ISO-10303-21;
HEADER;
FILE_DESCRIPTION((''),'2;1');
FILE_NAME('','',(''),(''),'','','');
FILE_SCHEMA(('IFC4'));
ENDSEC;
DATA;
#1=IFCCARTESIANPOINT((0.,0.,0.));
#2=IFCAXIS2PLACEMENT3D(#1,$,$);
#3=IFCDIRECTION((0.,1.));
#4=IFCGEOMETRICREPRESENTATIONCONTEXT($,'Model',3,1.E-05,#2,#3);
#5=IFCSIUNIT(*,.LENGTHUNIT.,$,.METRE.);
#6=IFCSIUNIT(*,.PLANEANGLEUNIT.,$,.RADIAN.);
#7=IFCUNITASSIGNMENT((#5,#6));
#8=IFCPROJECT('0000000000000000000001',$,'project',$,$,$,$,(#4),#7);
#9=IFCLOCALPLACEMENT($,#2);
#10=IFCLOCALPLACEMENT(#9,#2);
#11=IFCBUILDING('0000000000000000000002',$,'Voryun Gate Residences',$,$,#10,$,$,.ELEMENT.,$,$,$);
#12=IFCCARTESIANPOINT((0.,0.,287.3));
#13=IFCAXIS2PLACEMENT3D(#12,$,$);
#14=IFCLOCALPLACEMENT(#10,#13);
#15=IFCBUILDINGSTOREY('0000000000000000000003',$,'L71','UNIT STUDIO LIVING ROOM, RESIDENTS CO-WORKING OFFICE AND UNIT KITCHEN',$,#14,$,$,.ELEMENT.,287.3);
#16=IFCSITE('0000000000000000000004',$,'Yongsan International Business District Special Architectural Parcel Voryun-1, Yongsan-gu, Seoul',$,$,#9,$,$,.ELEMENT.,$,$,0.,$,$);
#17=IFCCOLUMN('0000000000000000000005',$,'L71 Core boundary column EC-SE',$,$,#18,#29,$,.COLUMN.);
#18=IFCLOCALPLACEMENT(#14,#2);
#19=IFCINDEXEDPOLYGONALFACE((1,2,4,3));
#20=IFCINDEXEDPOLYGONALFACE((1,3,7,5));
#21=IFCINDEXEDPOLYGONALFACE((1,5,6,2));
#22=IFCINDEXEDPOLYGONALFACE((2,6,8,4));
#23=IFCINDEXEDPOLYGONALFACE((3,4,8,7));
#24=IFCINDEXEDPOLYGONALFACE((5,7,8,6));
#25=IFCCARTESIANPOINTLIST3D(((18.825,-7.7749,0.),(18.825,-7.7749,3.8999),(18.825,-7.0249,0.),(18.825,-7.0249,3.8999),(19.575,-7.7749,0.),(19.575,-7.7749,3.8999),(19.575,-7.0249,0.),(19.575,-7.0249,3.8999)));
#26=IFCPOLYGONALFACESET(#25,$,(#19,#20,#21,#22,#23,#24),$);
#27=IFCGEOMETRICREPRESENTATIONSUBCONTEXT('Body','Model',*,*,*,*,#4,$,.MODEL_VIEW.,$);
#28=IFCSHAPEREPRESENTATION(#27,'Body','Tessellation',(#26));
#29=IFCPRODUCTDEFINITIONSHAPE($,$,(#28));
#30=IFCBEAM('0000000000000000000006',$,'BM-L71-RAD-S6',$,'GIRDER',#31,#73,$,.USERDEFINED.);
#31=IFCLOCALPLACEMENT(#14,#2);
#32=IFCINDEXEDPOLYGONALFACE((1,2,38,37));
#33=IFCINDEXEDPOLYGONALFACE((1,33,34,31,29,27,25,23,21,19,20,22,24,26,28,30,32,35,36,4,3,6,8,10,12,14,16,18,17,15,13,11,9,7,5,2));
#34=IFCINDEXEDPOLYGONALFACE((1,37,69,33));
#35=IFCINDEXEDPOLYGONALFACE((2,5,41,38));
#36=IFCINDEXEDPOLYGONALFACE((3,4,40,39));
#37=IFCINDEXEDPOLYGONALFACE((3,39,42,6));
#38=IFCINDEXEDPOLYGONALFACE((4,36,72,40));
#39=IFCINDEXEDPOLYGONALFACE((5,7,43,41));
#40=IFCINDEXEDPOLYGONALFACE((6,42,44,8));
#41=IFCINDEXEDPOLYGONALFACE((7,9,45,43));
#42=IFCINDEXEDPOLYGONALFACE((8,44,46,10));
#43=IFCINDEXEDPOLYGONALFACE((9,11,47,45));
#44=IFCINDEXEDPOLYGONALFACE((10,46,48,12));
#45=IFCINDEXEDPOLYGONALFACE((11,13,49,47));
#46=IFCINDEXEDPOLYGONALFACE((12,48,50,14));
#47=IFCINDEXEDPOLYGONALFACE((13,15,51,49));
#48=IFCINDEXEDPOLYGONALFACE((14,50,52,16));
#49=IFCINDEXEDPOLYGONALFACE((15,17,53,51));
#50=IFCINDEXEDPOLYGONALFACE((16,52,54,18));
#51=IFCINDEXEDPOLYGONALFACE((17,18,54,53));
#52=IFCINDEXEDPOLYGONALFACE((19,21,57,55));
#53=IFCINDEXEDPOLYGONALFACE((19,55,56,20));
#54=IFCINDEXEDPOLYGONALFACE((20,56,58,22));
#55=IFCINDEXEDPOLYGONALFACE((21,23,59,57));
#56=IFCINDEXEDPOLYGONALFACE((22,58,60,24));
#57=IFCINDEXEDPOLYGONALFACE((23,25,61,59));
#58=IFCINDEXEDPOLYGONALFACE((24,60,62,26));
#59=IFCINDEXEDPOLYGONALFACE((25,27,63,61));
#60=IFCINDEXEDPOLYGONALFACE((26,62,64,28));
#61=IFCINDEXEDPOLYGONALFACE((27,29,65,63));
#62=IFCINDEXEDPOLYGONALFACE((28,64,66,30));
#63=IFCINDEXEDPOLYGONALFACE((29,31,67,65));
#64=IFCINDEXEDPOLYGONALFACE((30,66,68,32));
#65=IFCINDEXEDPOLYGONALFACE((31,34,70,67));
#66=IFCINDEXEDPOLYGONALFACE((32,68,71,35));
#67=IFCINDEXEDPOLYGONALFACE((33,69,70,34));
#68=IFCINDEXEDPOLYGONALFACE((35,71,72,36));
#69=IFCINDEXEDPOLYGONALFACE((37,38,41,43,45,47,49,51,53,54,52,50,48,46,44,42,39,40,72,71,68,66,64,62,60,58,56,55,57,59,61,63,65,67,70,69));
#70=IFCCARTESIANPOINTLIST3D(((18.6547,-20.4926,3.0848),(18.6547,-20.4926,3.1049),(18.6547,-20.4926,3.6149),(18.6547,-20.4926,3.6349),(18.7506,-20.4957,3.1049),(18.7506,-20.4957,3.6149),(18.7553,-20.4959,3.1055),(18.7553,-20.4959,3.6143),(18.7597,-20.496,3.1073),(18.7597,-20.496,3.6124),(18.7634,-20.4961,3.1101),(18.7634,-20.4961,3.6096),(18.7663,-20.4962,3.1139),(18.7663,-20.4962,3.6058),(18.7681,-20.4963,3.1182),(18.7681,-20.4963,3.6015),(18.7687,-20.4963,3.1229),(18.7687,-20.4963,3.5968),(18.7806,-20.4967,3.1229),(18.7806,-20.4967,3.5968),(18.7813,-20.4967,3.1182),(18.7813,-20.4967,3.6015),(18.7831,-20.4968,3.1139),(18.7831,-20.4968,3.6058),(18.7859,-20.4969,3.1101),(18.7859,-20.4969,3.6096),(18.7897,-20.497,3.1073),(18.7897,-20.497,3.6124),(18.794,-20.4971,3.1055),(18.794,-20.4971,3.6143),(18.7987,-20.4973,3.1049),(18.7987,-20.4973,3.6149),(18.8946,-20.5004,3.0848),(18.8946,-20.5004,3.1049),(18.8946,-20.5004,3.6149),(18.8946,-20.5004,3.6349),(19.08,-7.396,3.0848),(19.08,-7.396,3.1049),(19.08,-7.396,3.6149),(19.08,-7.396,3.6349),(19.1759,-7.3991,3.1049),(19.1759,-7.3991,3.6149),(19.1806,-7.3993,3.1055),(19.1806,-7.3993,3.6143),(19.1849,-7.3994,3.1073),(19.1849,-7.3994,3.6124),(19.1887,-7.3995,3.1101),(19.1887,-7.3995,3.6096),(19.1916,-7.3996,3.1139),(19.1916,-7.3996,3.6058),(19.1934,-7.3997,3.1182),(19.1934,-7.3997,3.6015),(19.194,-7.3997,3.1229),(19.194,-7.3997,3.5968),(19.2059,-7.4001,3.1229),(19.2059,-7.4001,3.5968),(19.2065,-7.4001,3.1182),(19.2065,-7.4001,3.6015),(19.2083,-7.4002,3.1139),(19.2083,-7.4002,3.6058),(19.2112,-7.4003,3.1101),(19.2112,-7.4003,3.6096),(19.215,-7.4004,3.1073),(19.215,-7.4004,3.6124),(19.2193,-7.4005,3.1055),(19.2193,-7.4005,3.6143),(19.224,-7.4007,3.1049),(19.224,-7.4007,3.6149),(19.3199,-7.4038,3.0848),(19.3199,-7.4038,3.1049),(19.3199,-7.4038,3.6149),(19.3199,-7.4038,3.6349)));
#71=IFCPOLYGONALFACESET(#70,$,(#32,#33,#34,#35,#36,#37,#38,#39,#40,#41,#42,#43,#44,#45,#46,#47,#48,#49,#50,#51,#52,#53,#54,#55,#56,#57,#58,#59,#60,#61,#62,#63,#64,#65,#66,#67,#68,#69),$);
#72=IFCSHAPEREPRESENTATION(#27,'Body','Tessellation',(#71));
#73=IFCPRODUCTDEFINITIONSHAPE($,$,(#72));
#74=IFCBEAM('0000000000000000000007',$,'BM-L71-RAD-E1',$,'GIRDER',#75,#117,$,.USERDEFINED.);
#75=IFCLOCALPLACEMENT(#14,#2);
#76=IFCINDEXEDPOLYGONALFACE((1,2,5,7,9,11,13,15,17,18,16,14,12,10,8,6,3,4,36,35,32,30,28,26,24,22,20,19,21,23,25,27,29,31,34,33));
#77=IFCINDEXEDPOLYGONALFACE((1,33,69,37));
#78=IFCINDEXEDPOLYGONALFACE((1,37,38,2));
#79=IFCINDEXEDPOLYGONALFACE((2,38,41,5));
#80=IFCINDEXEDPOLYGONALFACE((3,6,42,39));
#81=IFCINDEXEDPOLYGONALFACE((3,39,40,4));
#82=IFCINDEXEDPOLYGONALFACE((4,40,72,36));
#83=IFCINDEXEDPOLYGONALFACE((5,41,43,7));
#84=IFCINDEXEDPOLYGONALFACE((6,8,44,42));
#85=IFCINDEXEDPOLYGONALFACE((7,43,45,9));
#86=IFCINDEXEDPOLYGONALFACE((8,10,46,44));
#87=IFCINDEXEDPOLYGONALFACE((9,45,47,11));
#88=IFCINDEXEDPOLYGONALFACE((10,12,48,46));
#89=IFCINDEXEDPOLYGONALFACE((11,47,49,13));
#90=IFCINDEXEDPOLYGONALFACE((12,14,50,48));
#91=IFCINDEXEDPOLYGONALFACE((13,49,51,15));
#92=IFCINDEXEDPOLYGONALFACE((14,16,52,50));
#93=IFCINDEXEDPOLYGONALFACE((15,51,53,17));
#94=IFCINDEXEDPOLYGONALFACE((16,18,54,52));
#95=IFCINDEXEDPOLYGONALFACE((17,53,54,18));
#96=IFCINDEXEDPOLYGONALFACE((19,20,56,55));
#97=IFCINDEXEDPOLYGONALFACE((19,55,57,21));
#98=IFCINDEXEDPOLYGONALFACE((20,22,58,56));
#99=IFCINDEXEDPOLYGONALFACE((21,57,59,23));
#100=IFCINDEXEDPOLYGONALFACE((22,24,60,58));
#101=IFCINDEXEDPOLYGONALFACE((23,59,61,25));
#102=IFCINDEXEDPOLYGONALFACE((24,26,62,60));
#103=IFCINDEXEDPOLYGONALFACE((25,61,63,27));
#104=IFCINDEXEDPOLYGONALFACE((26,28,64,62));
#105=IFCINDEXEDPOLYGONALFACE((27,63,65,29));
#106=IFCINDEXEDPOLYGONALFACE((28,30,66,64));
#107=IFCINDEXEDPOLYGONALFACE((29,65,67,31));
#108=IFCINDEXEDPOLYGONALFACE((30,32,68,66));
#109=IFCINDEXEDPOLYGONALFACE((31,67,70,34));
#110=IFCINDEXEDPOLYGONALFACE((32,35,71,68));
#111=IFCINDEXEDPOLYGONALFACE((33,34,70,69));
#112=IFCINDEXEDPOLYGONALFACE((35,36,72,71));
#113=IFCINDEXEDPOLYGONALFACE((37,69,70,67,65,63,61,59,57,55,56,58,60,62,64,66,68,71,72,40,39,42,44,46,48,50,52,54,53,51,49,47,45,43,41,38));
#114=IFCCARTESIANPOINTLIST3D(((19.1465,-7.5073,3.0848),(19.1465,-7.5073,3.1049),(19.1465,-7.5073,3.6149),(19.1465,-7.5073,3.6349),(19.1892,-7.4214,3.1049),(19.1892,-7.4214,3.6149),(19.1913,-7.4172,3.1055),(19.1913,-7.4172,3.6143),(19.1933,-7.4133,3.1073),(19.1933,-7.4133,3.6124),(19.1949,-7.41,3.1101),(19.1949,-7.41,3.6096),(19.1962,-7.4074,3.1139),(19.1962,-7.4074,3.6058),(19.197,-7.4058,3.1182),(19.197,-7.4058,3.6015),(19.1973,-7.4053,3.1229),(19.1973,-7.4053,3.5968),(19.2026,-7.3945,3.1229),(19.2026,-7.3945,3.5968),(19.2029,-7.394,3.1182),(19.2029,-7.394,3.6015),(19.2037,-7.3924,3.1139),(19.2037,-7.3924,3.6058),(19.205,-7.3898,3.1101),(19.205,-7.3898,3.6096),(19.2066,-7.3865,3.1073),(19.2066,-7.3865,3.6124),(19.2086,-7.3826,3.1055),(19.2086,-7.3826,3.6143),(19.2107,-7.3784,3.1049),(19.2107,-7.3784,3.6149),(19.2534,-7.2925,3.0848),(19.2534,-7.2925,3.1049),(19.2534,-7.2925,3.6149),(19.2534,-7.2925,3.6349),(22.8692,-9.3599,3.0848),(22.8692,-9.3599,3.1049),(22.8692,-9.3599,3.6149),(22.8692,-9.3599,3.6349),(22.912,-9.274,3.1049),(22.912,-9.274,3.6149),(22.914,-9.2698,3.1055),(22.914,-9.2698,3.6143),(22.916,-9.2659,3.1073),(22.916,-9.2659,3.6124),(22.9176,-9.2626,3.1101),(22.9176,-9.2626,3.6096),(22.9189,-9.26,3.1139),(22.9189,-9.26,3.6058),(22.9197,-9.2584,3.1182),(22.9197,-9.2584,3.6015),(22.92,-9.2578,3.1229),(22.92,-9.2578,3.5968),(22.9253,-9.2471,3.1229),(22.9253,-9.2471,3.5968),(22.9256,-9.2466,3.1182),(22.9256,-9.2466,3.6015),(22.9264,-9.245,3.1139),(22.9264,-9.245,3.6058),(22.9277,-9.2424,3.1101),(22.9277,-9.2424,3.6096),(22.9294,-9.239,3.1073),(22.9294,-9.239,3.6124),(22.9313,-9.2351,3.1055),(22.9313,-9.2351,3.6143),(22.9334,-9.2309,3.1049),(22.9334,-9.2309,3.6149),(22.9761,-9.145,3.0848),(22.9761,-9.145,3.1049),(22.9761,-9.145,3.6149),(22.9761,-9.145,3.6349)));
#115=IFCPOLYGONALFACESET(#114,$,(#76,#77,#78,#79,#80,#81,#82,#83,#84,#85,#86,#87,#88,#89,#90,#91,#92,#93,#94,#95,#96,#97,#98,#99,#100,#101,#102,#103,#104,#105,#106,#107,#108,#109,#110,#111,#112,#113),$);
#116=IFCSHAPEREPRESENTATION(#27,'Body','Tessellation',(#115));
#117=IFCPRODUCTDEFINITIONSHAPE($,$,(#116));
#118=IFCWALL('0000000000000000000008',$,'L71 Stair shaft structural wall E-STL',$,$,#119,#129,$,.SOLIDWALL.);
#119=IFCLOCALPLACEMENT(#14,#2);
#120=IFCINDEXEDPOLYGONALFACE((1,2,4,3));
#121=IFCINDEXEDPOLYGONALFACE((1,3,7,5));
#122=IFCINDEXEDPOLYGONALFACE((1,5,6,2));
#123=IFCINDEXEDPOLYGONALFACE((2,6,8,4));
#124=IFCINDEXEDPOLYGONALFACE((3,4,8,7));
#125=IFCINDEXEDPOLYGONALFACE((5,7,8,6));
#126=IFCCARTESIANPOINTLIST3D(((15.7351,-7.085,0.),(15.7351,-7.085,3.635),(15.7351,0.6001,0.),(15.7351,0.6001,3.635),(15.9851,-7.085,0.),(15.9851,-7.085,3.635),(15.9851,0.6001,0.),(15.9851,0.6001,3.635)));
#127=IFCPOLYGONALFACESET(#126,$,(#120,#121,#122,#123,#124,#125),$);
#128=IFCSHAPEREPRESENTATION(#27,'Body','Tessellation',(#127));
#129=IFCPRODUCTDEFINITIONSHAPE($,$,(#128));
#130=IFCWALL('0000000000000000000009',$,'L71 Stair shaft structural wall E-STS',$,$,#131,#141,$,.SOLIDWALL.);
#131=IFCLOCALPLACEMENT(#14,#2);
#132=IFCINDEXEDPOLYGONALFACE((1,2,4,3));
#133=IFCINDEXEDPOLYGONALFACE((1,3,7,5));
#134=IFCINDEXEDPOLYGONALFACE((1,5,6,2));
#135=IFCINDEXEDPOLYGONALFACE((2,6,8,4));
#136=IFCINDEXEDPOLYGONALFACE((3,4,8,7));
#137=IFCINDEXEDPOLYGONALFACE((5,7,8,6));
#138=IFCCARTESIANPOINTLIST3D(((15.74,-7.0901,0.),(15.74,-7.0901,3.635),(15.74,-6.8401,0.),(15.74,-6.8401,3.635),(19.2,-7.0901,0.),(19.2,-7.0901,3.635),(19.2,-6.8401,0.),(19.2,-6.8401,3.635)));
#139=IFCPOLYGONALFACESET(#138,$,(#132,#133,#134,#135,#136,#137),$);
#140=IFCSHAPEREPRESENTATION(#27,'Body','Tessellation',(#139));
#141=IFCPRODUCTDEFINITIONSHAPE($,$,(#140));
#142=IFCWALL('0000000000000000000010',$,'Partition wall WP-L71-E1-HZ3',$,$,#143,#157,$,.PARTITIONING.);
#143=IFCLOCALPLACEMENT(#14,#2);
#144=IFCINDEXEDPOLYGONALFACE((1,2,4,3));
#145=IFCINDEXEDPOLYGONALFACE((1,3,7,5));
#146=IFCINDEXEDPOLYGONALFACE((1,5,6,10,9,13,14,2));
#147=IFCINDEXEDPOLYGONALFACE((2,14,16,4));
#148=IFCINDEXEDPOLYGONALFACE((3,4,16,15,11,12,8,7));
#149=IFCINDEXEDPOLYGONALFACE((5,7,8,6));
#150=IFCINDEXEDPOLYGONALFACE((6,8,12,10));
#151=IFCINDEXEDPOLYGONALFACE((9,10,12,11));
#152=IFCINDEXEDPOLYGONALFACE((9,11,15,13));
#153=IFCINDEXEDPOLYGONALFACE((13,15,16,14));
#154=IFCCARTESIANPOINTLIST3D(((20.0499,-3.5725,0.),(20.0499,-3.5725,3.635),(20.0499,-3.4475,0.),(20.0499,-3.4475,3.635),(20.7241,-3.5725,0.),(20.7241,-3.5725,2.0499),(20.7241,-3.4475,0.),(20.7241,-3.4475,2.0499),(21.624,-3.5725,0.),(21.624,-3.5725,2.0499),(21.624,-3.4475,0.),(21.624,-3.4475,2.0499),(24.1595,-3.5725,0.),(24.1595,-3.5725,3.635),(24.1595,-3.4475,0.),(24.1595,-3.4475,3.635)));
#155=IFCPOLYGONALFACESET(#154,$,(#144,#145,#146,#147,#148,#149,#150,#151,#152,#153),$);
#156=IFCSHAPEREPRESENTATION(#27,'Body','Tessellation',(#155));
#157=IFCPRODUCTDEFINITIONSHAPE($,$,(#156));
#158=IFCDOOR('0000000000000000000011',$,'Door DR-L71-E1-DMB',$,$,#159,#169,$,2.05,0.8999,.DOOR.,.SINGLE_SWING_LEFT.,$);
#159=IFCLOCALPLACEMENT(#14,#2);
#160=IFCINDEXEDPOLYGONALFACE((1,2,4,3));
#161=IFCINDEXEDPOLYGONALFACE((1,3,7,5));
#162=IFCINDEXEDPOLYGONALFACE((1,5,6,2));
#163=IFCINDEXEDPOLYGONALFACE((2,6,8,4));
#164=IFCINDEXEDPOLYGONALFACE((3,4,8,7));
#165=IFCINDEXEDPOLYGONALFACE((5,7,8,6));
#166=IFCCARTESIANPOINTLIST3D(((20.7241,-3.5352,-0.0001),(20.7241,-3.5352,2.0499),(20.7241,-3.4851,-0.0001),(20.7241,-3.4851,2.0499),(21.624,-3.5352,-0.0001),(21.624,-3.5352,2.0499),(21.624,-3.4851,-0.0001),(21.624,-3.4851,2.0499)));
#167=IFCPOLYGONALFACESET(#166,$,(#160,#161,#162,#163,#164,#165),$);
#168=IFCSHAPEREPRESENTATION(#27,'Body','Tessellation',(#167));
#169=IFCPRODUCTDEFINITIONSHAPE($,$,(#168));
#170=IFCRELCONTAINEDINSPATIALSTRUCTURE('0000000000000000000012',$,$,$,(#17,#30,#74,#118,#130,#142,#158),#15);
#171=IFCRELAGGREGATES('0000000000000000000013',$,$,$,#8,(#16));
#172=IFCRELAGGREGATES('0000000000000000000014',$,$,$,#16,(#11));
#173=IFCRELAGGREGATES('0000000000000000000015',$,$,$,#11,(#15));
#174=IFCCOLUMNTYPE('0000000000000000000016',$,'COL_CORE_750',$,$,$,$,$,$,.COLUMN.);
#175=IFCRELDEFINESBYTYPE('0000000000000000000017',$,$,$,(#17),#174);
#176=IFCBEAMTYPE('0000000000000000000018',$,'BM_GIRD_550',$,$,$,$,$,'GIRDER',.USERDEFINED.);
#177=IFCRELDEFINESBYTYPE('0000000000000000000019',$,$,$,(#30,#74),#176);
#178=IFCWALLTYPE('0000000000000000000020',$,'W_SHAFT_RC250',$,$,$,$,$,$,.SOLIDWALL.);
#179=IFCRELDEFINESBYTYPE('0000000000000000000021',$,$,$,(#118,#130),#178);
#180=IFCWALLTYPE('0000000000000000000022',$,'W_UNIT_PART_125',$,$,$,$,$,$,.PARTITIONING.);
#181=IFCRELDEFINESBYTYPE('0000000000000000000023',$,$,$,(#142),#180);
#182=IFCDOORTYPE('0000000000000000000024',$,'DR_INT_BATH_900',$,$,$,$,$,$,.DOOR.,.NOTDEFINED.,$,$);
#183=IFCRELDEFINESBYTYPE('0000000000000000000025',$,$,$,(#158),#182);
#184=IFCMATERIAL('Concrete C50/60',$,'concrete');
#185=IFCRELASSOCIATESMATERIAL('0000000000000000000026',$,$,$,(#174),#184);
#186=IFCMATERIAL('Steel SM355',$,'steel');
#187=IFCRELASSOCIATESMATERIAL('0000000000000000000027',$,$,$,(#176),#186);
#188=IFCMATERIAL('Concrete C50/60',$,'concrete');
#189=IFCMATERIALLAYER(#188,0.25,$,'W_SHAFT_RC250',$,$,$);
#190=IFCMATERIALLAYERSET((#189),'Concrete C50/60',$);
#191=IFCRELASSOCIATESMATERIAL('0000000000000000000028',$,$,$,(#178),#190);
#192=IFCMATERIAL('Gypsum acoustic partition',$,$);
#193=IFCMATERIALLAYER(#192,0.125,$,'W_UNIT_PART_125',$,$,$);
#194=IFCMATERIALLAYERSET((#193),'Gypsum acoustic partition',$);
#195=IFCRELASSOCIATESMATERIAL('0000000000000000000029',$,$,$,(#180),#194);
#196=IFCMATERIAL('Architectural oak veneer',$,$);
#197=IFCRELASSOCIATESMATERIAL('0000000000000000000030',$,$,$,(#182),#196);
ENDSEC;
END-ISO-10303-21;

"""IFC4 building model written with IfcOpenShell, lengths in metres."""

from ifc_helpers import new_model, si_unit, direction, frame, frame_2d, origin, origin_2d, place, context, subcontext, project, spatial, rectangle, i_section, extrude, material, layer, layer_set, material_profile, profile_set, type_object, element, fill, save


model = new_model("IFC4")

# Units and contexts
model_context = context("Model", 3, precision=1e-05, world=origin(), true_north=direction((0.0, 1.0)))
body_context = subcontext(model_context, "Body", "Model", "MODEL_VIEW")
ifc_project = project(units=[si_unit("LENGTHUNIT", "METRE"), si_unit("PLANEANGLEUNIT", "RADIAN")], contexts=[model_context])

# Site, building, storey
site_placement = place(None, origin())
site = spatial("IfcSite", under=ifc_project, at=site_placement, Name="Yongsan International Business District Special Architectural Parcel Voryun-1, Yongsan-gu, Seoul", CompositionType="ELEMENT", RefElevation=0.0)
building_placement = place(site_placement, origin())
building = spatial("IfcBuilding", under=site, at=building_placement, Name="Voryun Gate Residences", CompositionType="ELEMENT")
storey_placement = place(building_placement, frame((0.0, 0.0, 287.3)))
storey = spatial("IfcBuildingStorey", under=building, at=storey_placement, Name="L71", Description="UNIT STUDIO LIVING ROOM, RESIDENTS CO-WORKING OFFICE AND UNIT KITCHEN", CompositionType="ELEMENT", Elevation=287.3)

# Column
ifc_material_1 = material(Name="Concrete C50/60", Category="concrete")
ifc_material_profile_1 = material_profile(ifc_material_1, rectangle(XDim=0.75, YDim=0.75, at=origin_2d()), Name="RC-750x750")
ifc_profile_set_1 = profile_set([ifc_material_profile_1], Name="Concrete C50/60")
column_type = type_object("IfcColumnType", Name="COL_CORE_750", PredefinedType="COLUMN", material=ifc_profile_set_1)
column_placement = place(storey_placement, frame((19.2, -7.3999, 0.0), z_axis=(0.0, 0.0, 1.0), x_axis=(1.0, 0.0, 0.0)))
element("IfcColumn", 1, at=column_placement, inside=storey, type_object=column_type, Name="L71 Core boundary column EC-SE", PredefinedType="COLUMN", context=body_context, shape_type="SweptSolid", body=[
    extrude(rectangle(XDim=0.75, YDim=0.75, at=origin_2d()), origin(), (0.0, 0.0, 1.0), 3.8999),
])

# Beams
ifc_material_2 = material(Name="Steel SM355", Category="steel")
ifc_material_profile_2 = material_profile(ifc_material_2, i_section(OverallWidth=0.24, OverallDepth=0.55, WebThickness=0.012, FlangeThickness=0.02, FilletRadius=0.0181, at=origin_2d()), Name="H-550x240x12x20")
ifc_profile_set_2 = profile_set([ifc_material_profile_2], Name="Steel SM355")
beam_type = type_object("IfcBeamType", Name="BM_GIRD_550", ElementType="GIRDER", PredefinedType="USERDEFINED", material=ifc_profile_set_2)
beam_1_placement = place(storey_placement, frame((19.2, -7.3999, 3.3599), z_axis=(-0.032456, -0.999473, 0.0), x_axis=(0.999473, -0.032456, 0.0)))
element("IfcBeam", 2, at=beam_1_placement, inside=storey, type_object=beam_type, Name="BM-L71-RAD-S6", ObjectType="GIRDER", PredefinedType="USERDEFINED", context=body_context, shape_type="SweptSolid", body=[
    extrude(i_section(OverallWidth=0.24, OverallDepth=0.55, WebThickness=0.012, FlangeThickness=0.02, FilletRadius=0.0181, at=origin_2d()), origin(), (0.0, 0.0, 1.0), 13.1035),
])
beam_2_placement = place(storey_placement, frame((19.2, -7.3999, 3.3599), z_axis=(0.895271, -0.445522, 0.0), x_axis=(0.445522, 0.895271, 0.0)))
element("IfcBeam", 3, at=beam_2_placement, inside=storey, type_object=beam_type, Name="BM-L71-RAD-E1", ObjectType="GIRDER", PredefinedType="USERDEFINED", context=body_context, shape_type="SweptSolid", body=[
    extrude(i_section(OverallWidth=0.24, OverallDepth=0.55, WebThickness=0.012, FlangeThickness=0.02, FilletRadius=0.0181, at=origin_2d()), origin(), (0.0, 0.0, 1.0), 4.1582),
])

# Walls
ifc_material_3 = material(Name="Concrete C50/60", Category="concrete")
ifc_layer_1 = layer(ifc_material_3, 0.25, Name="W_SHAFT_RC250")
ifc_layer_set_1 = layer_set([ifc_layer_1], Name="Concrete C50/60")
wall_type_1 = type_object("IfcWallType", Name="W_SHAFT_RC250", PredefinedType="SOLIDWALL", material=ifc_layer_set_1)
wall_1_placement = place(storey_placement, frame((15.8601, -7.085, 0.0), z_axis=(0.0, 0.0, 1.0), x_axis=(0.0, 1.0, 0.0)))
element("IfcWall", 4, at=wall_1_placement, inside=storey, type_object=wall_type_1, Name="L71 Stair shaft structural wall E-STL", PredefinedType="SOLIDWALL", context=body_context, shape_type="SweptSolid", body=[
    extrude(rectangle(XDim=7.6851, YDim=0.25, at=frame_2d((3.8425, 0.0))), origin(), (0.0, 0.0, 1.0), 3.635),
])
wall_2_placement = place(storey_placement, frame((15.74, -6.9651, 0.0), z_axis=(0.0, 0.0, 1.0), x_axis=(1.0, 0.0, 0.0)))
element("IfcWall", 5, at=wall_2_placement, inside=storey, type_object=wall_type_1, Name="L71 Stair shaft structural wall E-STS", PredefinedType="SOLIDWALL", context=body_context, shape_type="SweptSolid", body=[
    extrude(rectangle(XDim=3.46, YDim=0.25, at=frame_2d((1.73, 0.0))), origin(), (0.0, 0.0, 1.0), 3.635),
])

# Wall, opening, door
ifc_material_4 = material(Name="Gypsum acoustic partition")
ifc_layer_2 = layer(ifc_material_4, 0.125, Name="W_UNIT_PART_125")
ifc_layer_set_2 = layer_set([ifc_layer_2], Name="Gypsum acoustic partition")
wall_type_2 = type_object("IfcWallType", Name="W_UNIT_PART_125", PredefinedType="PARTITIONING", material=ifc_layer_set_2)
wall_3_placement = place(storey_placement, frame((20.05, -3.51, 0.0), z_axis=(0.0, 0.0, 1.0), x_axis=(1.0, 0.0, 0.0)))
wall_3 = element("IfcWall", 6, at=wall_3_placement, inside=storey, type_object=wall_type_2, Name="Partition wall WP-L71-E1-HZ3", PredefinedType="PARTITIONING", context=body_context, shape_type="SweptSolid", body=[
    extrude(rectangle(XDim=4.1096, YDim=0.125, at=frame_2d((2.0547, 0.0))), origin(), (0.0, 0.0, 1.0), 3.635),
])
opening_1_placement = place(wall_3_placement, frame((0.6741, 0.0, 0.0)))
opening_1 = element("IfcOpeningElement", 7, at=opening_1_placement, cuts=wall_3, PredefinedType="OPENING", context=body_context, shape_type="SweptSolid", body=[
    extrude(rectangle(XDim=0.8999, YDim=2.05, at=frame_2d((0.45, 1.0249))), frame((0.0, 0.0725, 0.0), z_axis=(0.0, -1.0, 0.0), x_axis=(1.0, 0.0, 0.0)), (0.0, 0.0, 1.0), 0.145),
])
ifc_material_5 = material(Name="Architectural oak veneer")
door_type = type_object("IfcDoorType", Name="DR_INT_BATH_900", OperationType="NOTDEFINED", PredefinedType="DOOR", material=ifc_material_5)
door_1_placement = place(opening_1_placement, origin())
door_1 = element("IfcDoor", 8, at=door_1_placement, inside=storey, type_object=door_type, Name="Door DR-L71-E1-DMB", OperationType="SINGLE_SWING_LEFT", OverallHeight=2.05, OverallWidth=0.8999, PredefinedType="DOOR", context=body_context, shape_type="SweptSolid", body=[
    extrude(rectangle(XDim=0.8999, YDim=2.05, at=frame_2d((0.45, 1.0249))), frame((0.0, 0.0249, 0.0), z_axis=(0.0, -1.0, 0.0), x_axis=(1.0, 0.0, 0.0)), (0.0, 0.0, 1.0), 0.05),
])
fill(opening_1, door_1)

save(model, "model.ifc")
